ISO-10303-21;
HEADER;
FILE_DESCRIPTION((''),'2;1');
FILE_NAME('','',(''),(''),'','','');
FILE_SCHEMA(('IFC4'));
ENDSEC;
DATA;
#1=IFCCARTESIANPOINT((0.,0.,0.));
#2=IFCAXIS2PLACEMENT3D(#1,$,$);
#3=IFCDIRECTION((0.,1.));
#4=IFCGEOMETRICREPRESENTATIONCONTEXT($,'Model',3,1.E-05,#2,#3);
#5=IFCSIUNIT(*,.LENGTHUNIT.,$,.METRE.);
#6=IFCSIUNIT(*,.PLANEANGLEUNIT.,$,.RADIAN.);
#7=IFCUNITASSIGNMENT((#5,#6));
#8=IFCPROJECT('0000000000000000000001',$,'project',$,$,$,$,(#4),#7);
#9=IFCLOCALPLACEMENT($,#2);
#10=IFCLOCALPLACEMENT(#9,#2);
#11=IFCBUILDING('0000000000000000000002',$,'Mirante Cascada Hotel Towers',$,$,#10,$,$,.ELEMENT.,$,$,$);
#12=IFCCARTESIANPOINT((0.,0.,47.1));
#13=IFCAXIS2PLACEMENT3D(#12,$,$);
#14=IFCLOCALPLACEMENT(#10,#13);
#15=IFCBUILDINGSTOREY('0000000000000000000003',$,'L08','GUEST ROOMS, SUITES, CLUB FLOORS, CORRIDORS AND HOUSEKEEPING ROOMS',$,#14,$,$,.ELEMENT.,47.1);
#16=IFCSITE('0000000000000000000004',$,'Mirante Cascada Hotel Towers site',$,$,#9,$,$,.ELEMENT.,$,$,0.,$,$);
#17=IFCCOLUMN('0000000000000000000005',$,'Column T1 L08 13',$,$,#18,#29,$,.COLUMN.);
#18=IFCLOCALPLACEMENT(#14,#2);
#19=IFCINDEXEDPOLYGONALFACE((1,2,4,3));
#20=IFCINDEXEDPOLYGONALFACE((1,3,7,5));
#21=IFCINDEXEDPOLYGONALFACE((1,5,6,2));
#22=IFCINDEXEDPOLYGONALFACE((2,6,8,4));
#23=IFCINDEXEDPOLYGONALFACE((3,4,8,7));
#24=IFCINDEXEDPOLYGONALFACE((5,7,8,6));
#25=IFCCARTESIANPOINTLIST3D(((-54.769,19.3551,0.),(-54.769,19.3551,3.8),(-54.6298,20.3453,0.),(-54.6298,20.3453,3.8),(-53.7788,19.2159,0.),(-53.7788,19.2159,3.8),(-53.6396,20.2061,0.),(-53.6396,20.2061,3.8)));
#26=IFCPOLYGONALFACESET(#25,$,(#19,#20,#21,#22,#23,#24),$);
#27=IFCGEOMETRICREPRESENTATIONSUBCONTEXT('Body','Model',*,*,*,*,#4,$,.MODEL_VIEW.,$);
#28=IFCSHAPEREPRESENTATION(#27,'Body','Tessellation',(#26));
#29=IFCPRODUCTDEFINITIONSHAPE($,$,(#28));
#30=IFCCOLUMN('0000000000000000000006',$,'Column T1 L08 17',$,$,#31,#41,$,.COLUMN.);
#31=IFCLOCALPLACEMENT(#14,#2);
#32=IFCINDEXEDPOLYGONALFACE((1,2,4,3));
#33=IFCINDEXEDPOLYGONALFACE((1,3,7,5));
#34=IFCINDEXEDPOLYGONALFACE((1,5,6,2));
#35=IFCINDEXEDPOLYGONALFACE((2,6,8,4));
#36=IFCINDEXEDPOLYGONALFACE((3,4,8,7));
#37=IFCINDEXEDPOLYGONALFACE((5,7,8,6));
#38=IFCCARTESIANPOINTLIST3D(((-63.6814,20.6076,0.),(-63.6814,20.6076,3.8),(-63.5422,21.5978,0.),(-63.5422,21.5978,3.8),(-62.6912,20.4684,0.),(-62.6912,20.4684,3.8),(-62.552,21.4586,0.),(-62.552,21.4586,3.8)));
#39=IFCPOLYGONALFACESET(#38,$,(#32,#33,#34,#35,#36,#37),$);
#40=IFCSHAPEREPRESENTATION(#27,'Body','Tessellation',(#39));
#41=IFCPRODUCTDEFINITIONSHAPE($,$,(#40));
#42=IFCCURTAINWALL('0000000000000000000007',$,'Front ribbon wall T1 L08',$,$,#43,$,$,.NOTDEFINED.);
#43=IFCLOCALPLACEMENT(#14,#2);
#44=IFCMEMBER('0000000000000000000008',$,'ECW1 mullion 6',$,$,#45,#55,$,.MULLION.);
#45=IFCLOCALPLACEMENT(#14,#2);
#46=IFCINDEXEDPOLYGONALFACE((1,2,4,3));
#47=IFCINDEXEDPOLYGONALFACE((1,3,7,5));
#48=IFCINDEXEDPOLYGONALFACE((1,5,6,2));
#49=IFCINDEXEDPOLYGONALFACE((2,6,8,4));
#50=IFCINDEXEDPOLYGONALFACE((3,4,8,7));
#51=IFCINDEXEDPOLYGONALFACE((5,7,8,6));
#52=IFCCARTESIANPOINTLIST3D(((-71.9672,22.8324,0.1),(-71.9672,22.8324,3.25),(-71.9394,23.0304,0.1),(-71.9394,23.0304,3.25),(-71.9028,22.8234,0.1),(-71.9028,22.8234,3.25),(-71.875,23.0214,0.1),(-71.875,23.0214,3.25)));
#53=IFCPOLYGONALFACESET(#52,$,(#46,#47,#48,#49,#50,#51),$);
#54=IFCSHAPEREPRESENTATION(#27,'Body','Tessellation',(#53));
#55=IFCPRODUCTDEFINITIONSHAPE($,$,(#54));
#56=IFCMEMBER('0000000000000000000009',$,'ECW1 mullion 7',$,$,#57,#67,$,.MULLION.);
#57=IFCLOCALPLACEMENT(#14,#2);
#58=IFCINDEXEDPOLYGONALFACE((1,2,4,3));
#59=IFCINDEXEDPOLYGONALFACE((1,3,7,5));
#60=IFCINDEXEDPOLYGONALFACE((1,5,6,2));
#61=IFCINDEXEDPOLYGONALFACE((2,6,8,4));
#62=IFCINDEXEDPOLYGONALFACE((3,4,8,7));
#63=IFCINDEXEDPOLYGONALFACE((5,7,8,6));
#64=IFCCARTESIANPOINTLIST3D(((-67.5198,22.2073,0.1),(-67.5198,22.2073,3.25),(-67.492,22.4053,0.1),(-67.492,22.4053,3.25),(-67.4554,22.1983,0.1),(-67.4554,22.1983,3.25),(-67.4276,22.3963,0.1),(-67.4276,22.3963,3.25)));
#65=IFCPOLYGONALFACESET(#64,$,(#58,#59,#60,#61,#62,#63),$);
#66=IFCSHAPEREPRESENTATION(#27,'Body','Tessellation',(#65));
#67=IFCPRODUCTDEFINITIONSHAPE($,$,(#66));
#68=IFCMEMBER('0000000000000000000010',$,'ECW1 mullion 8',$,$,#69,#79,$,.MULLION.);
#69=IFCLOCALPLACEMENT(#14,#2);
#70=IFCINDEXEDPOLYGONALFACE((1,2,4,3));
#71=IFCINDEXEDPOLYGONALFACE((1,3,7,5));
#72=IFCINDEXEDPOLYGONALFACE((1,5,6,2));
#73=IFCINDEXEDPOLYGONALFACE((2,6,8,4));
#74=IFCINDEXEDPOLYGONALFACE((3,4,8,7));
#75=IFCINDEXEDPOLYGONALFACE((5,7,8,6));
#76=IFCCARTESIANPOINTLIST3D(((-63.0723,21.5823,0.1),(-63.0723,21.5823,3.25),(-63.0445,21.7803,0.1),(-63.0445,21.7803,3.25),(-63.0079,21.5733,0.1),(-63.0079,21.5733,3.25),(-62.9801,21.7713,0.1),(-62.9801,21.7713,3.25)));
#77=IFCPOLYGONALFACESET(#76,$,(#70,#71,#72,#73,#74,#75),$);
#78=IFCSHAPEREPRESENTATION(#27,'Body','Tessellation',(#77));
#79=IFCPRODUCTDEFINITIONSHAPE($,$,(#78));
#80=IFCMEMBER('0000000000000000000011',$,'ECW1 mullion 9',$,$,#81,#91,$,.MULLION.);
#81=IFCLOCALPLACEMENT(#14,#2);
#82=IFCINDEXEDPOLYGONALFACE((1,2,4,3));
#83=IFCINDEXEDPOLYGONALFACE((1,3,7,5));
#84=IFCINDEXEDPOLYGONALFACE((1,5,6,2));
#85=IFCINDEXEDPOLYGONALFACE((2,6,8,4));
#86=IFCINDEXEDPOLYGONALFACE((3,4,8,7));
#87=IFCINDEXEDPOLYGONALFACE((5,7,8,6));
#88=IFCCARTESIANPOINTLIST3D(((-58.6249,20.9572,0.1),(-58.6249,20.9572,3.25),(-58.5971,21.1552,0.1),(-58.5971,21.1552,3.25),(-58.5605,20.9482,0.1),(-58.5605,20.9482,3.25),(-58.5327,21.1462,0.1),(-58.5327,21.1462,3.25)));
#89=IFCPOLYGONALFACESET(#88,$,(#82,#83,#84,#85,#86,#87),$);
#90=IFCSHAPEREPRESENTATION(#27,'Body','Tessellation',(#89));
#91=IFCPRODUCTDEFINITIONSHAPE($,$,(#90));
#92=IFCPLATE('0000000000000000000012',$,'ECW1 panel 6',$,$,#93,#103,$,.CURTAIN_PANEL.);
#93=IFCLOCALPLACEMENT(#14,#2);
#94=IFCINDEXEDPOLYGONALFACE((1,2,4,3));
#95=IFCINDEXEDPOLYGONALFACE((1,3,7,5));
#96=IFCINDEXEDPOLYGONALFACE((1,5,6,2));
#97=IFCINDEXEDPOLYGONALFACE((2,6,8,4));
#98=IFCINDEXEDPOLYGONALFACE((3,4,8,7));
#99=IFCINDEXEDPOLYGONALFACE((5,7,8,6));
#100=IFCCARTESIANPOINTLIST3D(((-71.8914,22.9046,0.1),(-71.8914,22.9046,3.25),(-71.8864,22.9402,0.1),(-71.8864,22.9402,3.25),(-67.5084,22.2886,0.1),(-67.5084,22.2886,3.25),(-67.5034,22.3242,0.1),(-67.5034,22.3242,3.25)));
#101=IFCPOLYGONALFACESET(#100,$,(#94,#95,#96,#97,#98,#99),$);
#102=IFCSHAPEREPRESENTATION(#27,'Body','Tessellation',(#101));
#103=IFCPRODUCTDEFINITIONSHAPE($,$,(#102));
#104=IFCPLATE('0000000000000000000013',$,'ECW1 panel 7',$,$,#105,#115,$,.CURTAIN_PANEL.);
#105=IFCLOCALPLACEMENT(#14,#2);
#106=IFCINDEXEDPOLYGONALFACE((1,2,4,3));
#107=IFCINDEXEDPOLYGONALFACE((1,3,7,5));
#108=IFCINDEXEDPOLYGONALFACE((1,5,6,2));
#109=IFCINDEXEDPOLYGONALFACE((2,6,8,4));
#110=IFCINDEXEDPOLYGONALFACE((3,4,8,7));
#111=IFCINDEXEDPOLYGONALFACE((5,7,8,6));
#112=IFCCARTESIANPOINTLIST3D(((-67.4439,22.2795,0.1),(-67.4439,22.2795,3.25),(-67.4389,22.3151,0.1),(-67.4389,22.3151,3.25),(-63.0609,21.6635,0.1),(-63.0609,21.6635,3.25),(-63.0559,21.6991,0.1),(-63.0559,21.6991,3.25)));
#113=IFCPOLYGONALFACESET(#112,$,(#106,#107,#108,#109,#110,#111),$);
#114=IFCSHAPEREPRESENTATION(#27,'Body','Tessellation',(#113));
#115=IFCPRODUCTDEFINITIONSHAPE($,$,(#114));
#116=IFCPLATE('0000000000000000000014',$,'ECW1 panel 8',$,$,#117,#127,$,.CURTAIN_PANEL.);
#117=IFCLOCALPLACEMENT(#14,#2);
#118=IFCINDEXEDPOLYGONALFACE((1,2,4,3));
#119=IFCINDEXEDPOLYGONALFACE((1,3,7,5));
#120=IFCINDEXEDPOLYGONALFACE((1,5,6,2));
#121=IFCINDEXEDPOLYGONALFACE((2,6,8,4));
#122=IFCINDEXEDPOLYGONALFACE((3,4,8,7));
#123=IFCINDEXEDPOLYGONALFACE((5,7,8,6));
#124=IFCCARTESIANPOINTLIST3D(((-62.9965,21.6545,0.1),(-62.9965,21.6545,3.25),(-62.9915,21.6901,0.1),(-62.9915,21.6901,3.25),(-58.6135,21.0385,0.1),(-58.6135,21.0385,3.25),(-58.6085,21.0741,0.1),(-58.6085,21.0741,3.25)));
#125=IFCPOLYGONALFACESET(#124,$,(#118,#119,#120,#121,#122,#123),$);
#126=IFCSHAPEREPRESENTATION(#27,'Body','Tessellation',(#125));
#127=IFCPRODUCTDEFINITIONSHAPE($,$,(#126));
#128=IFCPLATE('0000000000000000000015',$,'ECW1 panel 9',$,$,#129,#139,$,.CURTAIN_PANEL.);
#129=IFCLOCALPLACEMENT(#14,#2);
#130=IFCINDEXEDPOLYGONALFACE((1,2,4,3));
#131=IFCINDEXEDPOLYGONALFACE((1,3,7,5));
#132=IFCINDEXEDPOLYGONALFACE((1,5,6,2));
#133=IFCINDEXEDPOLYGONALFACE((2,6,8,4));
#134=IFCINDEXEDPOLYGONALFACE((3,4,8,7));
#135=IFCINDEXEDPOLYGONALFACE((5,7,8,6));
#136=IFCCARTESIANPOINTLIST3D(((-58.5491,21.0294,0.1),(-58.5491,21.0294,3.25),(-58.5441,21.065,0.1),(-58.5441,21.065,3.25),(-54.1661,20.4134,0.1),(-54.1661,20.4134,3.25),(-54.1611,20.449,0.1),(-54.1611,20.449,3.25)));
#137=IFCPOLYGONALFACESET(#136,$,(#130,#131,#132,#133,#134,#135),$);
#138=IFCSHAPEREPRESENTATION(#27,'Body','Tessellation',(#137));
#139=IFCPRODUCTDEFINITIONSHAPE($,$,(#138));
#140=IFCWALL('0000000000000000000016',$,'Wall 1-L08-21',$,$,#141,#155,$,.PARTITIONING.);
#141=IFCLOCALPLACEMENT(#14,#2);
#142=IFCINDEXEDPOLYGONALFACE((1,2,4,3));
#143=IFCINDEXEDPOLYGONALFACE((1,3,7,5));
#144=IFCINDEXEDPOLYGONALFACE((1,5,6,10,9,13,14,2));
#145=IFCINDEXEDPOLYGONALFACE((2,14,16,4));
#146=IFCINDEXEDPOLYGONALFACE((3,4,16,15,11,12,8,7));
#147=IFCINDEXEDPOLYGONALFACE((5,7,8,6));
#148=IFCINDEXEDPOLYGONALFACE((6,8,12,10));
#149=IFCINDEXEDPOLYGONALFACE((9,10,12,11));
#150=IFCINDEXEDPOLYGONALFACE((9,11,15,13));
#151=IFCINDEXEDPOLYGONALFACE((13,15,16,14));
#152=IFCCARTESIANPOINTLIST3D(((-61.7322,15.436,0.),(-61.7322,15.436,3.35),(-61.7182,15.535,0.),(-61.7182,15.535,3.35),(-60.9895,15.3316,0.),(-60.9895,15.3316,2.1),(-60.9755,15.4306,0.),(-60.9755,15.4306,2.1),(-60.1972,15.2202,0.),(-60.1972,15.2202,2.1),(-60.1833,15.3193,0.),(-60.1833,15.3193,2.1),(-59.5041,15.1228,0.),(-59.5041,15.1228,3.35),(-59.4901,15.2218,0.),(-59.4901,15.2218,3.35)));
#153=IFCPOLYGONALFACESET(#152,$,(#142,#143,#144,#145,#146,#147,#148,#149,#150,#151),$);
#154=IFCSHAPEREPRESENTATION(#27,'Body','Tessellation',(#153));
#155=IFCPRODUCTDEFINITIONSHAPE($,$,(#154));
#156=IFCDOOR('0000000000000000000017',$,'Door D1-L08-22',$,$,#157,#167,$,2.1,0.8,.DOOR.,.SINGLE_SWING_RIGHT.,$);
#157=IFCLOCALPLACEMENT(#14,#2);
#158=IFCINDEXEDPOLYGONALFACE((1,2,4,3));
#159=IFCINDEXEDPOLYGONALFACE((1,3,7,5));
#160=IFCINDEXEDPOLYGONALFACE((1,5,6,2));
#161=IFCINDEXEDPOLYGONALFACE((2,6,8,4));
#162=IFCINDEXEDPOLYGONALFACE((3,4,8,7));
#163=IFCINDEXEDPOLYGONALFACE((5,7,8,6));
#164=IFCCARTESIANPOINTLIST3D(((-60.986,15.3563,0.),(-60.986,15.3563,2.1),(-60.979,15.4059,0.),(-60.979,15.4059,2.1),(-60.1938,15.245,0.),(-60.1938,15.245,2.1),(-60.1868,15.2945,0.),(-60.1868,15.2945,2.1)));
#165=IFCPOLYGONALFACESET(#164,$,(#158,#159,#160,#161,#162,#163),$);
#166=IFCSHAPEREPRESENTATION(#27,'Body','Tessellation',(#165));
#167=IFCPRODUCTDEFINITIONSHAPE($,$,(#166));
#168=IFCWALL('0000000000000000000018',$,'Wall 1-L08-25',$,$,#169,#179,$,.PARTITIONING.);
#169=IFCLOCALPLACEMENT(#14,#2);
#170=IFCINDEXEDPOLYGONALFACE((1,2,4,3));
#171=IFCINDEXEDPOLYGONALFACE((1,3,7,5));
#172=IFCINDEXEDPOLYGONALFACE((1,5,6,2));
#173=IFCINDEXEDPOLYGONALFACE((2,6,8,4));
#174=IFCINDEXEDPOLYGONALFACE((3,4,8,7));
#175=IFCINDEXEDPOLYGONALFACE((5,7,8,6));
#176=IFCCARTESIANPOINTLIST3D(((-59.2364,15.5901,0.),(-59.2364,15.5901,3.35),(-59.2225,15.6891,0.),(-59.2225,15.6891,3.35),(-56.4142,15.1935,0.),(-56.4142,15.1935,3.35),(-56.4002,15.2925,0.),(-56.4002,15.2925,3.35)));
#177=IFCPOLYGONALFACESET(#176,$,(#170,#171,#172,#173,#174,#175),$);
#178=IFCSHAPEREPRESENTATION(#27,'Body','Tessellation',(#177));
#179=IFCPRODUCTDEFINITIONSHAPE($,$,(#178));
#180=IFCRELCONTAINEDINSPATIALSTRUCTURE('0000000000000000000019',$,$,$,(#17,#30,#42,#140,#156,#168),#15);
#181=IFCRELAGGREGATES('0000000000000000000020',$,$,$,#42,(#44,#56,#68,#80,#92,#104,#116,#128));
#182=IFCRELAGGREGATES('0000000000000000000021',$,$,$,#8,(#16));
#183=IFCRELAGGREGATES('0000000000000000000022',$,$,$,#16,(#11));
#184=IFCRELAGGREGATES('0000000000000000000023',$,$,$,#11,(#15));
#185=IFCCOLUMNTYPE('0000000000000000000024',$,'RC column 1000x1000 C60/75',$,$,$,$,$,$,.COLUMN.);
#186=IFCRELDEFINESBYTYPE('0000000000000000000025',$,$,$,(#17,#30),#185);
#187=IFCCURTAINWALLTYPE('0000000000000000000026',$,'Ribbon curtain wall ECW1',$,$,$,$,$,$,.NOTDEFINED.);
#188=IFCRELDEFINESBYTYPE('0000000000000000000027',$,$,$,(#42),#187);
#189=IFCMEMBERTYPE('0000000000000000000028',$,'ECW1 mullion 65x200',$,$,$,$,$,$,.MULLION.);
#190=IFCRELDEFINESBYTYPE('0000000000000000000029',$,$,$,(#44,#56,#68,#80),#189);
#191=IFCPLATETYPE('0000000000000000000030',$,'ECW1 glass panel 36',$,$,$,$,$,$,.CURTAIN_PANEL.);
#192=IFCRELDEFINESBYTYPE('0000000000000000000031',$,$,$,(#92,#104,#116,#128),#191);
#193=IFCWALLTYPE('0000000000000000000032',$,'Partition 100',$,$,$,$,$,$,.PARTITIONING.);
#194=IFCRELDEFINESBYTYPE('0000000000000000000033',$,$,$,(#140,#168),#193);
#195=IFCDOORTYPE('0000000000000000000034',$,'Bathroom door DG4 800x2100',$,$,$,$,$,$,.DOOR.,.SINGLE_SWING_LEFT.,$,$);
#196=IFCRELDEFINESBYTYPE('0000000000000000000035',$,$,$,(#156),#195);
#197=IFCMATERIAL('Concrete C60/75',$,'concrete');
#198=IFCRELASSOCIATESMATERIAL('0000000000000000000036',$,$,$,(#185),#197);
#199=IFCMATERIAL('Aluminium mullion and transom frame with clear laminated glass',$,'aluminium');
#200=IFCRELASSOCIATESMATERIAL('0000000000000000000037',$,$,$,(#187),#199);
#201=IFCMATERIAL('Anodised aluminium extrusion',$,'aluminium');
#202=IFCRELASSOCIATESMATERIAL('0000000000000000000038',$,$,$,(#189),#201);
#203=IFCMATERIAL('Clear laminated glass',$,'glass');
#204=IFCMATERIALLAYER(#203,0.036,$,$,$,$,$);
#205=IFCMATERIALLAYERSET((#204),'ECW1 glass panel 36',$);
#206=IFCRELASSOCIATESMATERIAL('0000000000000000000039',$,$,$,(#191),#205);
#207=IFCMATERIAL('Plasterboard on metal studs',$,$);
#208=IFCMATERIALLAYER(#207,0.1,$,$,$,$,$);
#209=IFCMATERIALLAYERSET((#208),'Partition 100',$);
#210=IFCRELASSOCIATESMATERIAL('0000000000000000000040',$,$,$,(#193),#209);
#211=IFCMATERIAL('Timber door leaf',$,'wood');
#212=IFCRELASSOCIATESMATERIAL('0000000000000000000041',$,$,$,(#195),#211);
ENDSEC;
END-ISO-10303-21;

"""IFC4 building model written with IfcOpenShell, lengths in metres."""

from ifc_helpers import new_model, si_unit, direction, frame, frame_2d, origin, origin_2d, place, context, subcontext, project, spatial, rectangle, extrude, material, layer, layer_set, material_profile, profile_set, type_object, element, fill, aggregate, save


model = new_model("IFC4")

# Units and contexts
model_context = context("Model", 3, precision=1e-05, world=origin(), true_north=direction((0.0, 1.0)))
body_context = subcontext(model_context, "Body", "Model", "MODEL_VIEW")
ifc_project = project(units=[si_unit("LENGTHUNIT", "METRE"), si_unit("PLANEANGLEUNIT", "RADIAN")], contexts=[model_context])

# Site, building, storey
site_placement = place(None, origin())
site = spatial("IfcSite", under=ifc_project, at=site_placement, Name="Mirante Cascada Hotel Towers site", CompositionType="ELEMENT", RefElevation=0.0)
building_placement = place(site_placement, origin())
building = spatial("IfcBuilding", under=site, at=building_placement, Name="Mirante Cascada Hotel Towers", CompositionType="ELEMENT")
storey_placement = place(building_placement, frame((0.0, 0.0, 47.1)))
storey = spatial("IfcBuildingStorey", under=building, at=storey_placement, Name="L08", Description="GUEST ROOMS, SUITES, CLUB FLOORS, CORRIDORS AND HOUSEKEEPING ROOMS", CompositionType="ELEMENT", Elevation=47.1)

# Columns
ifc_material_1 = material(Name="Concrete C60/75", Category="concrete")
ifc_material_profile_1 = material_profile(ifc_material_1, rectangle(XDim=1.0, YDim=1.0, at=origin_2d()), Name="RC column 1000x1000 C60/75")
ifc_profile_set_1 = profile_set([ifc_material_profile_1], Name="Concrete C60/75")
column_type = type_object("IfcColumnType", Name="RC column 1000x1000 C60/75", PredefinedType="COLUMN", material=ifc_profile_set_1)
for number, where, z_axis, x_axis, name in (
    (1, (-54.2043, 19.7806, 0.0), (0.0, 0.0, 1.0), (-0.990268, 0.139173, 0.0), "Column T1 L08 13"),
    (2, (-63.1167, 21.0331, 0.0), (0.0, 0.0, 1.0), (-0.990268, 0.139173, 0.0), "Column T1 L08 17"),
):
    element("IfcColumn", number, at=place(storey_placement, frame(where, z_axis=z_axis, x_axis=x_axis)), inside=storey, type_object=column_type, Name=name, PredefinedType="COLUMN", context=body_context, shape_type="SweptSolid", body=[
        extrude(rectangle(XDim=1.0, YDim=1.0, at=origin_2d()), origin(), (0.0, 0.0, 1.0), 3.8),
    ])

# Curtain wall, members, plates
ifc_material_2 = material(Name="Aluminium mullion and transom frame with clear laminated glass", Category="aluminium")
curtain_wall_type = type_object("IfcCurtainWallType", Name="Ribbon curtain wall ECW1", PredefinedType="NOTDEFINED", material=ifc_material_2)
curtain_wall_placement = place(storey_placement, origin())
curtain_wall = element("IfcCurtainWall", 3, at=curtain_wall_placement, inside=storey, type_object=curtain_wall_type, Name="Front ribbon wall T1 L08", PredefinedType="NOTDEFINED")
ifc_material_3 = material(Name="Anodised aluminium extrusion", Category="aluminium")
ifc_material_profile_2 = material_profile(ifc_material_3, rectangle(XDim=0.2, YDim=0.065, at=origin_2d()), Name="ECW1 MULLION 65x200")
ifc_profile_set_2 = profile_set([ifc_material_profile_2], Name="Anodised aluminium extrusion")
member_type = type_object("IfcMemberType", Name="ECW1 mullion 65x200", PredefinedType="MULLION", material=ifc_profile_set_2)
member_1_placement = place(storey_placement, frame((-71.9211, 22.9269, 0.1), z_axis=(0.0, 0.0, 1.0), x_axis=(0.139173, 0.990268, 0.0)))
member_1 = element("IfcMember", 4, at=member_1_placement, type_object=member_type, Name="ECW1 mullion 6", PredefinedType="MULLION", context=body_context, shape_type="SweptSolid", body=[
    extrude(rectangle(XDim=0.2, YDim=0.065, at=origin_2d()), origin(), (0.0, 0.0, 1.0), 3.15),
])
member_2_placement = place(storey_placement, frame((-67.4737, 22.3018, 0.1), z_axis=(0.0, 0.0, 1.0), x_axis=(0.139173, 0.990268, 0.0)))
member_2 = element("IfcMember", 5, at=member_2_placement, type_object=member_type, Name="ECW1 mullion 7", PredefinedType="MULLION", context=body_context, shape_type="SweptSolid", body=[
    extrude(rectangle(XDim=0.2, YDim=0.065, at=origin_2d()), origin(), (0.0, 0.0, 1.0), 3.15),
])
member_3_placement = place(storey_placement, frame((-63.0262, 21.6768, 0.1), z_axis=(0.0, 0.0, 1.0), x_axis=(0.139173, 0.990268, 0.0)))
member_3 = element("IfcMember", 6, at=member_3_placement, type_object=member_type, Name="ECW1 mullion 8", PredefinedType="MULLION", context=body_context, shape_type="SweptSolid", body=[
    extrude(rectangle(XDim=0.2, YDim=0.065, at=origin_2d()), origin(), (0.0, 0.0, 1.0), 3.15),
])
member_4_placement = place(storey_placement, frame((-58.5788, 21.0517, 0.1), z_axis=(0.0, 0.0, 1.0), x_axis=(0.139173, 0.990268, 0.0)))
member_4 = element("IfcMember", 7, at=member_4_placement, type_object=member_type, Name="ECW1 mullion 9", PredefinedType="MULLION", context=body_context, shape_type="SweptSolid", body=[
    extrude(rectangle(XDim=0.2, YDim=0.065, at=origin_2d()), origin(), (0.0, 0.0, 1.0), 3.15),
])
ifc_material_4 = material(Name="Clear laminated glass", Category="glass")
ifc_layer_1 = layer(ifc_material_4, 0.036)
ifc_layer_set_1 = layer_set([ifc_layer_1], Name="ECW1 glass panel 36")
plate_type = type_object("IfcPlateType", Name="ECW1 glass panel 36", PredefinedType="CURTAIN_PANEL", material=ifc_layer_set_1)
plate_1_placement = place(storey_placement, frame((-69.6974, 22.6144, 0.1), z_axis=(0.0, 0.0, 1.0), x_axis=(0.990268, -0.139173, 0.0)))
plate_1 = element("IfcPlate", 8, at=plate_1_placement, type_object=plate_type, Name="ECW1 panel 6", PredefinedType="CURTAIN_PANEL", context=body_context, shape_type="SweptSolid", body=[
    extrude(rectangle(XDim=4.4261, YDim=0.036, at=origin_2d()), origin(), (0.0, 0.0, 1.0), 3.15),
])
plate_2_placement = place(storey_placement, frame((-65.2499, 21.9893, 0.1), z_axis=(0.0, 0.0, 1.0), x_axis=(0.990268, -0.139173, 0.0)))
plate_2 = element("IfcPlate", 9, at=plate_2_placement, type_object=plate_type, Name="ECW1 panel 7", PredefinedType="CURTAIN_PANEL", context=body_context, shape_type="SweptSolid", body=[
    extrude(rectangle(XDim=4.4261, YDim=0.036, at=origin_2d()), origin(), (0.0, 0.0, 1.0), 3.15),
])
plate_3_placement = place(storey_placement, frame((-60.8025, 21.3643, 0.1), z_axis=(0.0, 0.0, 1.0), x_axis=(0.990268, -0.139173, 0.0)))
plate_3 = element("IfcPlate", 10, at=plate_3_placement, type_object=plate_type, Name="ECW1 panel 8", PredefinedType="CURTAIN_PANEL", context=body_context, shape_type="SweptSolid", body=[
    extrude(rectangle(XDim=4.4261, YDim=0.036, at=origin_2d()), origin(), (0.0, 0.0, 1.0), 3.15),
])
plate_4_placement = place(storey_placement, frame((-56.3551, 20.7392, 0.1), z_axis=(0.0, 0.0, 1.0), x_axis=(0.990268, -0.139173, 0.0)))
plate_4 = element("IfcPlate", 11, at=plate_4_placement, type_object=plate_type, Name="ECW1 panel 9", PredefinedType="CURTAIN_PANEL", context=body_context, shape_type="SweptSolid", body=[
    extrude(rectangle(XDim=4.4261, YDim=0.036, at=origin_2d()), origin(), (0.0, 0.0, 1.0), 3.15),
])
aggregate(curtain_wall, [member_1, member_2, member_3, member_4, plate_1, plate_2, plate_3, plate_4])

# Wall, opening, door
ifc_material_5 = material(Name="Plasterboard on metal studs")
ifc_layer_2 = layer(ifc_material_5, 0.1)
ifc_layer_set_2 = layer_set([ifc_layer_2], Name="Partition 100")
wall_type = type_object("IfcWallType", Name="Partition 100", PredefinedType="PARTITIONING", material=ifc_layer_set_2)
wall_1_placement = place(storey_placement, frame((-59.4971, 15.1723, 0.0), z_axis=(0.0, 0.0, 1.0), x_axis=(-0.990264, 0.1392, 0.0)))
wall_1 = element("IfcWall", 12, at=wall_1_placement, inside=storey, type_object=wall_type, Name="Wall 1-L08-21", PredefinedType="PARTITIONING", context=body_context, shape_type="SweptSolid", body=[
    extrude(rectangle(XDim=2.25, YDim=0.1, at=frame_2d((1.125, 0.0))), origin(), (0.0, 0.0, 1.0), 3.35),
])
opening_1_placement = place(wall_1_placement, frame((0.7, 0.0, 0.0)))
opening_1 = element("IfcOpeningElement", 13, at=opening_1_placement, cuts=wall_1, PredefinedType="OPENING", context=body_context, shape_type="SweptSolid", body=[
    extrude(rectangle(XDim=0.8, YDim=2.1, at=frame_2d((0.4, 1.05))), frame((0.0, 0.05, 0.0), z_axis=(0.0, -1.0, 0.0), x_axis=(1.0, 0.0, 0.0)), (0.0, 0.0, 1.0), 0.1),
])
ifc_material_6 = material(Name="Timber door leaf", Category="wood")
door_type_1 = type_object("IfcDoorType", Name="Bathroom door DG4 800x2100", OperationType="SINGLE_SWING_LEFT", PredefinedType="DOOR", material=ifc_material_6)
door_1_placement = place(opening_1_placement, frame((0.8, 0.0, 0.0), z_axis=(0.0, 0.0, 1.0), x_axis=(-1.0, 0.0, 0.0)))
door_1 = element("IfcDoor", 14, at=door_1_placement, inside=storey, type_object=door_type_1, Name="Door D1-L08-22", OperationType="SINGLE_SWING_RIGHT", OverallHeight=2.1, OverallWidth=0.8, PredefinedType="DOOR", context=body_context, shape_type="SweptSolid", body=[
    extrude(rectangle(XDim=0.8, YDim=2.1, at=frame_2d((0.4, 1.05))), frame((0.0, 0.025, 0.0), z_axis=(0.0, -1.0, 0.0), x_axis=(1.0, 0.0, 0.0)), (0.0, 0.0, 1.0), 0.05),
])
fill(opening_1, door_1)

# Wall
wall_2_placement = place(storey_placement, frame((-56.4072, 15.243, 0.0), z_axis=(0.0, 0.0, 1.0), x_axis=(-0.99027, 0.139156, 0.0)))
element("IfcWall", 15, at=wall_2_placement, inside=storey, type_object=wall_type, Name="Wall 1-L08-25", PredefinedType="PARTITIONING", context=body_context, shape_type="SweptSolid", body=[
    extrude(rectangle(XDim=2.85, YDim=0.1, at=frame_2d((1.425, 0.0))), origin(), (0.0, 0.0, 1.0), 3.35),
])

save(model, "model.ifc")
